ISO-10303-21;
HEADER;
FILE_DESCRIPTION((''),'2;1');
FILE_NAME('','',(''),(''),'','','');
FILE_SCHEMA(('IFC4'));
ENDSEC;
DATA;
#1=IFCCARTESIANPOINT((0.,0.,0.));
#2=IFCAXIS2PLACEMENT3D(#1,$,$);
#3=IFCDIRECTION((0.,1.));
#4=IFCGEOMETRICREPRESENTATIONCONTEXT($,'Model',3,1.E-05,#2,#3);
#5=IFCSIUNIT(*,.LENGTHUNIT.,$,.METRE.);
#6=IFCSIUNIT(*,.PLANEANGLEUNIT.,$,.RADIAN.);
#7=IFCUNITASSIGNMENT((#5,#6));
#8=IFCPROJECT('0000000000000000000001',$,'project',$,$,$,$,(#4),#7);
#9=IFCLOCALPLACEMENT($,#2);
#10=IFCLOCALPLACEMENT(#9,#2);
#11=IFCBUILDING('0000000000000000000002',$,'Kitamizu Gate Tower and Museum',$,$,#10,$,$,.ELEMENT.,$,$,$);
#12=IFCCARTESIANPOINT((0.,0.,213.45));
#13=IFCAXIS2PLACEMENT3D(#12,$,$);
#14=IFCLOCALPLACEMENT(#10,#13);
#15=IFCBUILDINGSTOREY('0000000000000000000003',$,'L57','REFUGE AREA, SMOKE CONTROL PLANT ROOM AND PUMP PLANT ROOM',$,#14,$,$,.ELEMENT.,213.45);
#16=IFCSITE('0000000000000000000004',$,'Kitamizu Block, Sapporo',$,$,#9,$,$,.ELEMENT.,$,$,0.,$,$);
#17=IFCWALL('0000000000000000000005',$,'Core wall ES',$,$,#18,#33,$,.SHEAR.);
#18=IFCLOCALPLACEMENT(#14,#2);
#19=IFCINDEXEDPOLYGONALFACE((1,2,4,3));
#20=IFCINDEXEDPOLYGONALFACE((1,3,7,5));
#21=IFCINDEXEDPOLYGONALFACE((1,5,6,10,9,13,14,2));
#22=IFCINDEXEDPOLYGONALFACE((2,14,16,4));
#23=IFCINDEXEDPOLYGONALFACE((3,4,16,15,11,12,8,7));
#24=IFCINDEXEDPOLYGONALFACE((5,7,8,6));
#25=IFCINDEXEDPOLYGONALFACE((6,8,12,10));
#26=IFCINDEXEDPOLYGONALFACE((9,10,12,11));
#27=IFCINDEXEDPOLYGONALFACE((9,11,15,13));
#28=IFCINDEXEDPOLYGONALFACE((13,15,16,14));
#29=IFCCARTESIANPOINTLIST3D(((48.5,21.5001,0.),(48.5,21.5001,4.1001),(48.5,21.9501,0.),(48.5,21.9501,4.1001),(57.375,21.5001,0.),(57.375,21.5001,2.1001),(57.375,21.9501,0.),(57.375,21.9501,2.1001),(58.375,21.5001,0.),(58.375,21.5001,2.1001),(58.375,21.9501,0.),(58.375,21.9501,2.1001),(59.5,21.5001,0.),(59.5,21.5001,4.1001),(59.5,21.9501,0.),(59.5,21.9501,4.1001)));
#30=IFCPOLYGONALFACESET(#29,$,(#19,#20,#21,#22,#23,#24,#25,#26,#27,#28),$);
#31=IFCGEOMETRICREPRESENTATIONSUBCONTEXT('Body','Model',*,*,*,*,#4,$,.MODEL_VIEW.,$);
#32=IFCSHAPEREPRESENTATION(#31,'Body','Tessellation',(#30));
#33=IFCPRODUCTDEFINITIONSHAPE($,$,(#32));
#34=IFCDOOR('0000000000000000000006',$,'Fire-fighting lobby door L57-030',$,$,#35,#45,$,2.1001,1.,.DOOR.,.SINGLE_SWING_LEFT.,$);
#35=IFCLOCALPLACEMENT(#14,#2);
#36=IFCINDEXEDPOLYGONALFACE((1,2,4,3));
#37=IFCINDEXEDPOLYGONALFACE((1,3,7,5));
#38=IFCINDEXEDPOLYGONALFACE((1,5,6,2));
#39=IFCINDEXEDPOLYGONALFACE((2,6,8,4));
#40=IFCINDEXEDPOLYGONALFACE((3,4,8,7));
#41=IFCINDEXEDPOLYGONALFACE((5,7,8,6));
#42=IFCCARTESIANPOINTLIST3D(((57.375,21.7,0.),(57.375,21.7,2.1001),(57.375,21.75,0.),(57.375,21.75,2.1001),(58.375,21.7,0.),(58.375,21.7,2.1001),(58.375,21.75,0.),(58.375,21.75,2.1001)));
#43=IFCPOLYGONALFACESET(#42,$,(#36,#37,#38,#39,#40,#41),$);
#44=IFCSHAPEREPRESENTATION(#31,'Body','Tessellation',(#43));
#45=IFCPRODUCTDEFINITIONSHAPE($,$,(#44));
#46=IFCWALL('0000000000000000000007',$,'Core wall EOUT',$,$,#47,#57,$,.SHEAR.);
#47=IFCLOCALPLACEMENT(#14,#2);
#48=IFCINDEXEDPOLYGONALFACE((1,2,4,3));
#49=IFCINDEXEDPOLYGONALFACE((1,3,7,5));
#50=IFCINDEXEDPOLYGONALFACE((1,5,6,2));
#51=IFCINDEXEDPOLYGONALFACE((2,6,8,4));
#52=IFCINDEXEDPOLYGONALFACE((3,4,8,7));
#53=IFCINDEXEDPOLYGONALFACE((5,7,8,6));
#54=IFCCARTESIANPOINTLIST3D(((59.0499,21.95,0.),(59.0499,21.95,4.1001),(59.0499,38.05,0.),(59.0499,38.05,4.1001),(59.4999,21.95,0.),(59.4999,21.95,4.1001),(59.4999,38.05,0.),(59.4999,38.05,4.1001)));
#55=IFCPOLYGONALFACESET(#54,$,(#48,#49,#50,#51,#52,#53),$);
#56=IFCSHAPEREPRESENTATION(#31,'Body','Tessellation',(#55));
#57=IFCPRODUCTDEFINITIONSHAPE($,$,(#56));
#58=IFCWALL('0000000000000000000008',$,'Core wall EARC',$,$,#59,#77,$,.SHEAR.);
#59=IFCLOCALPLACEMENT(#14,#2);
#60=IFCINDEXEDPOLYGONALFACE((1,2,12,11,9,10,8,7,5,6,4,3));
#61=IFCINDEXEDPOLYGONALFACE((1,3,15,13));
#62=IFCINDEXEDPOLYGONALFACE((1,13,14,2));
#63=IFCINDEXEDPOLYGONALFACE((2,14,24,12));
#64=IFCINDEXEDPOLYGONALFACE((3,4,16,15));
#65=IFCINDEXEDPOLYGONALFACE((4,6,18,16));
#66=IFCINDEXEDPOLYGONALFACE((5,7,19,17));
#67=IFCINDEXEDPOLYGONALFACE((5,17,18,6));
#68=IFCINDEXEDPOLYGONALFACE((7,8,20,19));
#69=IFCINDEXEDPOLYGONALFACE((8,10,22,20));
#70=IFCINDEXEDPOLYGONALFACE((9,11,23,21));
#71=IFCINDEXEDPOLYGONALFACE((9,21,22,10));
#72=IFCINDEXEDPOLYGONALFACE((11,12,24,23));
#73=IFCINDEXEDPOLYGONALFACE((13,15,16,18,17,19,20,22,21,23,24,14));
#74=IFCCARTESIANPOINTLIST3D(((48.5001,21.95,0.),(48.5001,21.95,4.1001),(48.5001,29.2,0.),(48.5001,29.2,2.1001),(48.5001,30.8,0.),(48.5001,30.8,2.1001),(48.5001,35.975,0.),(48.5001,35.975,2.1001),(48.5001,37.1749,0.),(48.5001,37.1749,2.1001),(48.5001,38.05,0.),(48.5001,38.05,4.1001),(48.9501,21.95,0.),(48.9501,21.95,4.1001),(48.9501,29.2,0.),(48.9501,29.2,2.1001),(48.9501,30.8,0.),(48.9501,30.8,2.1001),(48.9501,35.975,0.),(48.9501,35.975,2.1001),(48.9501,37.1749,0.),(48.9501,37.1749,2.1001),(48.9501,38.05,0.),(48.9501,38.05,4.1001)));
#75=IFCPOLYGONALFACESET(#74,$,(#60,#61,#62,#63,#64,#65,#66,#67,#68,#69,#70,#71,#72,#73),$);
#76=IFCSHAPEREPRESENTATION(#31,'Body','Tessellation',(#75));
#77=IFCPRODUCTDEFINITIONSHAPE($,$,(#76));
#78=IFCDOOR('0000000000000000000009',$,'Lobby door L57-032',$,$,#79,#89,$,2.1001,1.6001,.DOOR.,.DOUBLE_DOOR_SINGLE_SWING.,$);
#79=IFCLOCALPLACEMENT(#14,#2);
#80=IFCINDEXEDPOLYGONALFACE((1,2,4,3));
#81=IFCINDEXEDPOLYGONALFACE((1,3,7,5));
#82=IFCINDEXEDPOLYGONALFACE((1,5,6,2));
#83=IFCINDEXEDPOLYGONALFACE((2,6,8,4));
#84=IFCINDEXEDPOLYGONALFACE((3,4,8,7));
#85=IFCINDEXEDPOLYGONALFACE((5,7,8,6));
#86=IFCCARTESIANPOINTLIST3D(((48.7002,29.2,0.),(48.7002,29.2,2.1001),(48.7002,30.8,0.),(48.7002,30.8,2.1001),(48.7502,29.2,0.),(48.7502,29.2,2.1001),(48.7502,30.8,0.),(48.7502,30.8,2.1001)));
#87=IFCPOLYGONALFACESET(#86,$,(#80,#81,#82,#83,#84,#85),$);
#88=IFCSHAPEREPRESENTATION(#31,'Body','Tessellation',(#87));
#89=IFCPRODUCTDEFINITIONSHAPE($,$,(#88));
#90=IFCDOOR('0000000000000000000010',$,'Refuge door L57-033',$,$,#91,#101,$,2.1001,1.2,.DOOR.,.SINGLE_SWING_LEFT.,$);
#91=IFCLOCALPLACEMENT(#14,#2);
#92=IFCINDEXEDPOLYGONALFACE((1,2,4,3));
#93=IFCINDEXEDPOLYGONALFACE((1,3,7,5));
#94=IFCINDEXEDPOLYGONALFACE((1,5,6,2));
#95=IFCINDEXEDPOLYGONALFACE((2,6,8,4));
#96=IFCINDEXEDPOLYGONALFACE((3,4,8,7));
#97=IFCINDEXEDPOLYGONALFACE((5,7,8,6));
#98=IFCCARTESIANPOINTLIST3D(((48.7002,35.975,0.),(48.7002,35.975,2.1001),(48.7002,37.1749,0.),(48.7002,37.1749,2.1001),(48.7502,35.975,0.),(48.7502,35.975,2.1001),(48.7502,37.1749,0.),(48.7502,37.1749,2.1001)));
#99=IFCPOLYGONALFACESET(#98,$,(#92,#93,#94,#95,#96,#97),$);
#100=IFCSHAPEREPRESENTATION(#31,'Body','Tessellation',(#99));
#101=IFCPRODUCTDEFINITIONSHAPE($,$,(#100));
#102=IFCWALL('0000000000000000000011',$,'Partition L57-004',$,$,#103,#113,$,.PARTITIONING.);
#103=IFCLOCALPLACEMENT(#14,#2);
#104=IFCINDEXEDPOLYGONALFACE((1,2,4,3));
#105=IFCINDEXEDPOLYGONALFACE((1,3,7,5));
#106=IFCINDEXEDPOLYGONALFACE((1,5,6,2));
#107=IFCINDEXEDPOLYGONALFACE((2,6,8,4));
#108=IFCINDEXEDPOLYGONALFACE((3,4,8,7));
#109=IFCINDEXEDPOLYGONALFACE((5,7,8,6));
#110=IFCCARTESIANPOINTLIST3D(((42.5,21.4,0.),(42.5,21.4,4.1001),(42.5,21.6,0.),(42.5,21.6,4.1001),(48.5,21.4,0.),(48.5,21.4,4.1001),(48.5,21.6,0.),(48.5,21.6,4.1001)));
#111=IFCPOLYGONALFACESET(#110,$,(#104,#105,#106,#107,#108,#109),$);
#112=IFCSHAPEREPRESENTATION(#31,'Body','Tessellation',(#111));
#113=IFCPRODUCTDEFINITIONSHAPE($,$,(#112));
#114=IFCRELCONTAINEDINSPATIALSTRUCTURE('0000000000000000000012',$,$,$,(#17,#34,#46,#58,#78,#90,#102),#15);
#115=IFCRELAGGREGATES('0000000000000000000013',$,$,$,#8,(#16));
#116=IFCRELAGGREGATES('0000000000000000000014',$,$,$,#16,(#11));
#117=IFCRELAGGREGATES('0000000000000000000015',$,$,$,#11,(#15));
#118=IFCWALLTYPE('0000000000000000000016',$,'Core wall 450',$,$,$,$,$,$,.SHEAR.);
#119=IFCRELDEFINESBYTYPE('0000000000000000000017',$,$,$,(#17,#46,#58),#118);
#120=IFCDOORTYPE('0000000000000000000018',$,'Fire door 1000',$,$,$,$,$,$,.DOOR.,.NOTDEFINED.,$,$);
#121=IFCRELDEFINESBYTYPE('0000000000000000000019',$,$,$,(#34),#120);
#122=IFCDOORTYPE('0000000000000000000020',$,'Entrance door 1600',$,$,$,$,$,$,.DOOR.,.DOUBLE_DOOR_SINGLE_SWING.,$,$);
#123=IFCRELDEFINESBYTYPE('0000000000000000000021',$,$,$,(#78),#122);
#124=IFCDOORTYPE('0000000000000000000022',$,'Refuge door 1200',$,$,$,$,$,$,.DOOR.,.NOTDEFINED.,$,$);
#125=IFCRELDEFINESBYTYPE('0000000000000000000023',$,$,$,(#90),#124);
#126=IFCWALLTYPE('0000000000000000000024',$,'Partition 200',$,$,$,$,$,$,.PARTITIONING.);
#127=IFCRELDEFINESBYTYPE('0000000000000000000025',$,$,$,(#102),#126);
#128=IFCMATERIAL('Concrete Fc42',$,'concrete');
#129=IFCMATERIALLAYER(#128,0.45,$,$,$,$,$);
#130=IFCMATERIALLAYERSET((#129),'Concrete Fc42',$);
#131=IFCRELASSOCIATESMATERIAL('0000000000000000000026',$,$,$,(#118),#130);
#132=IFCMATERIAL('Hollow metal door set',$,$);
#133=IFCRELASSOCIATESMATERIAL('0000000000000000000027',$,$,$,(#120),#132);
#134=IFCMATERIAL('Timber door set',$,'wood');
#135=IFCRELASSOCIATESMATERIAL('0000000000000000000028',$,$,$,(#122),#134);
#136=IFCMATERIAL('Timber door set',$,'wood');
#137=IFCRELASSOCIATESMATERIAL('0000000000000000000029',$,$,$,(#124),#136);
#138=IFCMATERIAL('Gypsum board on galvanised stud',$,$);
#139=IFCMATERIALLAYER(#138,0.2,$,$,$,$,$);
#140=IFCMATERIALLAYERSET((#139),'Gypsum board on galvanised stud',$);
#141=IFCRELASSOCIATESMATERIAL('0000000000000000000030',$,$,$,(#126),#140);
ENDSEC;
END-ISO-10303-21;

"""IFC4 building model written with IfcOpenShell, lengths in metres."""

from ifc_helpers import new_model, si_unit, direction, frame, frame_2d, origin, place, context, subcontext, project, spatial, rectangle, extrude, material, layer, layer_set, type_object, element, fill, save


model = new_model("IFC4")

# Units and contexts
model_context = context("Model", 3, precision=1e-05, world=origin(), true_north=direction((0.0, 1.0)))
body_context = subcontext(model_context, "Body", "Model", "MODEL_VIEW")
ifc_project = project(units=[si_unit("LENGTHUNIT", "METRE"), si_unit("PLANEANGLEUNIT", "RADIAN")], contexts=[model_context])

# Site, building, storey
site_placement = place(None, origin())
site = spatial("IfcSite", under=ifc_project, at=site_placement, Name="Kitamizu Block, Sapporo", CompositionType="ELEMENT", RefElevation=0.0)
building_placement = place(site_placement, origin())
building = spatial("IfcBuilding", under=site, at=building_placement, Name="Kitamizu Gate Tower and Museum", CompositionType="ELEMENT")
storey_placement = place(building_placement, frame((0.0, 0.0, 213.45)))
storey = spatial("IfcBuildingStorey", under=building, at=storey_placement, Name="L57", Description="REFUGE AREA, SMOKE CONTROL PLANT ROOM AND PUMP PLANT ROOM", CompositionType="ELEMENT", Elevation=213.45)

# Wall, opening, door
ifc_material_1 = material(Name="Concrete Fc42", Category="concrete")
ifc_layer_1 = layer(ifc_material_1, 0.45)
ifc_layer_set_1 = layer_set([ifc_layer_1], Name="Concrete Fc42")
wall_type_1 = type_object("IfcWallType", Name="Core wall 450", PredefinedType="SHEAR", material=ifc_layer_set_1)
wall_1_placement = place(storey_placement, frame((59.5, 21.7251, 0.0), z_axis=(0.0, 0.0, 1.0), x_axis=(-1.0, 0.0, 0.0)))
wall_1 = element("IfcWall", 1, at=wall_1_placement, inside=storey, type_object=wall_type_1, Name="Core wall ES", PredefinedType="SHEAR", context=body_context, shape_type="SweptSolid", body=[
    extrude(rectangle(XDim=11.0, YDim=0.45, at=frame_2d((5.5, 0.0))), origin(), (0.0, 0.0, 1.0), 4.1001),
])
opening_1_placement = place(wall_1_placement, frame((1.125, 0.0, 0.0)))
opening_1 = element("IfcOpeningElement", 2, at=opening_1_placement, cuts=wall_1, PredefinedType="OPENING", context=body_context, shape_type="SweptSolid", body=[
    extrude(rectangle(XDim=1.0, YDim=2.1001, at=frame_2d((0.5, 1.05))), frame((0.0, 0.2349, 0.0), z_axis=(0.0, -1.0, 0.0), x_axis=(1.0, 0.0, 0.0)), (0.0, 0.0, 1.0), 0.47),
])
ifc_material_2 = material(Name="Hollow metal door set")
door_type_1 = type_object("IfcDoorType", Name="Fire door 1000", OperationType="NOTDEFINED", PredefinedType="DOOR", material=ifc_material_2)
door_1_placement = place(opening_1_placement, frame((1.0, 0.0, 0.0), x_axis=(-1.0, 0.0, 0.0)))
door_1 = element("IfcDoor", 3, at=door_1_placement, inside=storey, type_object=door_type_1, Name="Fire-fighting lobby door L57-030", OperationType="SINGLE_SWING_LEFT", OverallHeight=2.1001, OverallWidth=1.0, PredefinedType="DOOR", context=body_context, shape_type="SweptSolid", body=[
    extrude(rectangle(XDim=1.0, YDim=2.1001, at=frame_2d((0.5, 1.05))), frame((0.0, 0.0249, 0.0), z_axis=(0.0, -1.0, 0.0), x_axis=(1.0, 0.0, 0.0)), (0.0, 0.0, 1.0), 0.05),
])
fill(opening_1, door_1)

# Wall
wall_2_placement = place(storey_placement, frame((59.2749, 21.95, 0.0), z_axis=(0.0, 0.0, 1.0), x_axis=(0.0, 1.0, 0.0)))
element("IfcWall", 4, at=wall_2_placement, inside=storey, type_object=wall_type_1, Name="Core wall EOUT", PredefinedType="SHEAR", context=body_context, shape_type="SweptSolid", body=[
    extrude(rectangle(XDim=16.1001, YDim=0.45, at=frame_2d((8.05, 0.0))), origin(), (0.0, 0.0, 1.0), 4.1001),
])

# Wall, openings, doors
wall_3_placement = place(storey_placement, frame((48.7251, 21.95, 0.0), z_axis=(0.0, 0.0, 1.0), x_axis=(0.0, 1.0, 0.0)))
wall_3 = element("IfcWall", 5, at=wall_3_placement, inside=storey, type_object=wall_type_1, Name="Core wall EARC", PredefinedType="SHEAR", context=body_context, shape_type="SweptSolid", body=[
    extrude(rectangle(XDim=16.1001, YDim=0.45, at=frame_2d((8.05, 0.0))), origin(), (0.0, 0.0, 1.0), 4.1001),
])
opening_2_placement = place(wall_3_placement, frame((7.25, 0.0, 0.0)))
opening_2 = element("IfcOpeningElement", 6, at=opening_2_placement, cuts=wall_3, PredefinedType="OPENING", context=body_context, shape_type="SweptSolid", body=[
    extrude(rectangle(XDim=1.6001, YDim=2.1001, at=frame_2d((0.8, 1.05))), frame((0.0, 0.2349, 0.0), z_axis=(0.0, -1.0, 0.0), x_axis=(1.0, 0.0, 0.0)), (0.0, 0.0, 1.0), 0.47),
])
opening_3_placement = place(wall_3_placement, frame((14.0249, 0.0, 0.0)))
opening_3 = element("IfcOpeningElement", 7, at=opening_3_placement, cuts=wall_3, PredefinedType="OPENING", context=body_context, shape_type="SweptSolid", body=[
    extrude(rectangle(XDim=1.2, YDim=2.1001, at=frame_2d((0.6001, 1.05))), frame((0.0, 0.2349, 0.0), z_axis=(0.0, -1.0, 0.0), x_axis=(1.0, 0.0, 0.0)), (0.0, 0.0, 1.0), 0.47),
])
ifc_material_3 = material(Name="Timber door set", Category="wood")
door_type_2 = type_object("IfcDoorType", Name="Entrance door 1600", OperationType="DOUBLE_DOOR_SINGLE_SWING", PredefinedType="DOOR", material=ifc_material_3)
door_2_placement = place(opening_2_placement, origin())
door_2 = element("IfcDoor", 8, at=door_2_placement, inside=storey, type_object=door_type_2, Name="Lobby door L57-032", OperationType="DOUBLE_DOOR_SINGLE_SWING", OverallHeight=2.1001, OverallWidth=1.6001, PredefinedType="DOOR", context=body_context, shape_type="SweptSolid", body=[
    extrude(rectangle(XDim=1.6001, YDim=2.1001, at=frame_2d((0.8, 1.05))), frame((0.0, 0.0249, 0.0), z_axis=(0.0, -1.0, 0.0), x_axis=(1.0, 0.0, 0.0)), (0.0, 0.0, 1.0), 0.05),
])
fill(opening_2, door_2)
ifc_material_4 = material(Name="Timber door set", Category="wood")
door_type_3 = type_object("IfcDoorType", Name="Refuge door 1200", OperationType="NOTDEFINED", PredefinedType="DOOR", material=ifc_material_4)
door_3_placement = place(opening_3_placement, origin())
door_3 = element("IfcDoor", 9, at=door_3_placement, inside=storey, type_object=door_type_3, Name="Refuge door L57-033", OperationType="SINGLE_SWING_LEFT", OverallHeight=2.1001, OverallWidth=1.2, PredefinedType="DOOR", context=body_context, shape_type="SweptSolid", body=[
    extrude(rectangle(XDim=1.2, YDim=2.1001, at=frame_2d((0.6001, 1.05))), frame((0.0, 0.0249, 0.0), z_axis=(0.0, -1.0, 0.0), x_axis=(1.0, 0.0, 0.0)), (0.0, 0.0, 1.0), 0.05),
])
fill(opening_3, door_3)

# Wall
ifc_material_5 = material(Name="Gypsum board on galvanised stud")
ifc_layer_2 = layer(ifc_material_5, 0.2)
ifc_layer_set_2 = layer_set([ifc_layer_2], Name="Gypsum board on galvanised stud")
wall_type_2 = type_object("IfcWallType", Name="Partition 200", PredefinedType="PARTITIONING", material=ifc_layer_set_2)
wall_4_placement = place(storey_placement, frame((48.5, 21.5, 0.0), z_axis=(0.0, 0.0, 1.0), x_axis=(-1.0, 0.0, 0.0)))
element("IfcWall", 10, at=wall_4_placement, inside=storey, type_object=wall_type_2, Name="Partition L57-004", PredefinedType="PARTITIONING", context=body_context, shape_type="SweptSolid", body=[
    extrude(rectangle(XDim=6.0, YDim=0.2, at=frame_2d((3.0, 0.0))), origin(), (0.0, 0.0, 1.0), 4.1001),
])

save(model, "model.ifc")
